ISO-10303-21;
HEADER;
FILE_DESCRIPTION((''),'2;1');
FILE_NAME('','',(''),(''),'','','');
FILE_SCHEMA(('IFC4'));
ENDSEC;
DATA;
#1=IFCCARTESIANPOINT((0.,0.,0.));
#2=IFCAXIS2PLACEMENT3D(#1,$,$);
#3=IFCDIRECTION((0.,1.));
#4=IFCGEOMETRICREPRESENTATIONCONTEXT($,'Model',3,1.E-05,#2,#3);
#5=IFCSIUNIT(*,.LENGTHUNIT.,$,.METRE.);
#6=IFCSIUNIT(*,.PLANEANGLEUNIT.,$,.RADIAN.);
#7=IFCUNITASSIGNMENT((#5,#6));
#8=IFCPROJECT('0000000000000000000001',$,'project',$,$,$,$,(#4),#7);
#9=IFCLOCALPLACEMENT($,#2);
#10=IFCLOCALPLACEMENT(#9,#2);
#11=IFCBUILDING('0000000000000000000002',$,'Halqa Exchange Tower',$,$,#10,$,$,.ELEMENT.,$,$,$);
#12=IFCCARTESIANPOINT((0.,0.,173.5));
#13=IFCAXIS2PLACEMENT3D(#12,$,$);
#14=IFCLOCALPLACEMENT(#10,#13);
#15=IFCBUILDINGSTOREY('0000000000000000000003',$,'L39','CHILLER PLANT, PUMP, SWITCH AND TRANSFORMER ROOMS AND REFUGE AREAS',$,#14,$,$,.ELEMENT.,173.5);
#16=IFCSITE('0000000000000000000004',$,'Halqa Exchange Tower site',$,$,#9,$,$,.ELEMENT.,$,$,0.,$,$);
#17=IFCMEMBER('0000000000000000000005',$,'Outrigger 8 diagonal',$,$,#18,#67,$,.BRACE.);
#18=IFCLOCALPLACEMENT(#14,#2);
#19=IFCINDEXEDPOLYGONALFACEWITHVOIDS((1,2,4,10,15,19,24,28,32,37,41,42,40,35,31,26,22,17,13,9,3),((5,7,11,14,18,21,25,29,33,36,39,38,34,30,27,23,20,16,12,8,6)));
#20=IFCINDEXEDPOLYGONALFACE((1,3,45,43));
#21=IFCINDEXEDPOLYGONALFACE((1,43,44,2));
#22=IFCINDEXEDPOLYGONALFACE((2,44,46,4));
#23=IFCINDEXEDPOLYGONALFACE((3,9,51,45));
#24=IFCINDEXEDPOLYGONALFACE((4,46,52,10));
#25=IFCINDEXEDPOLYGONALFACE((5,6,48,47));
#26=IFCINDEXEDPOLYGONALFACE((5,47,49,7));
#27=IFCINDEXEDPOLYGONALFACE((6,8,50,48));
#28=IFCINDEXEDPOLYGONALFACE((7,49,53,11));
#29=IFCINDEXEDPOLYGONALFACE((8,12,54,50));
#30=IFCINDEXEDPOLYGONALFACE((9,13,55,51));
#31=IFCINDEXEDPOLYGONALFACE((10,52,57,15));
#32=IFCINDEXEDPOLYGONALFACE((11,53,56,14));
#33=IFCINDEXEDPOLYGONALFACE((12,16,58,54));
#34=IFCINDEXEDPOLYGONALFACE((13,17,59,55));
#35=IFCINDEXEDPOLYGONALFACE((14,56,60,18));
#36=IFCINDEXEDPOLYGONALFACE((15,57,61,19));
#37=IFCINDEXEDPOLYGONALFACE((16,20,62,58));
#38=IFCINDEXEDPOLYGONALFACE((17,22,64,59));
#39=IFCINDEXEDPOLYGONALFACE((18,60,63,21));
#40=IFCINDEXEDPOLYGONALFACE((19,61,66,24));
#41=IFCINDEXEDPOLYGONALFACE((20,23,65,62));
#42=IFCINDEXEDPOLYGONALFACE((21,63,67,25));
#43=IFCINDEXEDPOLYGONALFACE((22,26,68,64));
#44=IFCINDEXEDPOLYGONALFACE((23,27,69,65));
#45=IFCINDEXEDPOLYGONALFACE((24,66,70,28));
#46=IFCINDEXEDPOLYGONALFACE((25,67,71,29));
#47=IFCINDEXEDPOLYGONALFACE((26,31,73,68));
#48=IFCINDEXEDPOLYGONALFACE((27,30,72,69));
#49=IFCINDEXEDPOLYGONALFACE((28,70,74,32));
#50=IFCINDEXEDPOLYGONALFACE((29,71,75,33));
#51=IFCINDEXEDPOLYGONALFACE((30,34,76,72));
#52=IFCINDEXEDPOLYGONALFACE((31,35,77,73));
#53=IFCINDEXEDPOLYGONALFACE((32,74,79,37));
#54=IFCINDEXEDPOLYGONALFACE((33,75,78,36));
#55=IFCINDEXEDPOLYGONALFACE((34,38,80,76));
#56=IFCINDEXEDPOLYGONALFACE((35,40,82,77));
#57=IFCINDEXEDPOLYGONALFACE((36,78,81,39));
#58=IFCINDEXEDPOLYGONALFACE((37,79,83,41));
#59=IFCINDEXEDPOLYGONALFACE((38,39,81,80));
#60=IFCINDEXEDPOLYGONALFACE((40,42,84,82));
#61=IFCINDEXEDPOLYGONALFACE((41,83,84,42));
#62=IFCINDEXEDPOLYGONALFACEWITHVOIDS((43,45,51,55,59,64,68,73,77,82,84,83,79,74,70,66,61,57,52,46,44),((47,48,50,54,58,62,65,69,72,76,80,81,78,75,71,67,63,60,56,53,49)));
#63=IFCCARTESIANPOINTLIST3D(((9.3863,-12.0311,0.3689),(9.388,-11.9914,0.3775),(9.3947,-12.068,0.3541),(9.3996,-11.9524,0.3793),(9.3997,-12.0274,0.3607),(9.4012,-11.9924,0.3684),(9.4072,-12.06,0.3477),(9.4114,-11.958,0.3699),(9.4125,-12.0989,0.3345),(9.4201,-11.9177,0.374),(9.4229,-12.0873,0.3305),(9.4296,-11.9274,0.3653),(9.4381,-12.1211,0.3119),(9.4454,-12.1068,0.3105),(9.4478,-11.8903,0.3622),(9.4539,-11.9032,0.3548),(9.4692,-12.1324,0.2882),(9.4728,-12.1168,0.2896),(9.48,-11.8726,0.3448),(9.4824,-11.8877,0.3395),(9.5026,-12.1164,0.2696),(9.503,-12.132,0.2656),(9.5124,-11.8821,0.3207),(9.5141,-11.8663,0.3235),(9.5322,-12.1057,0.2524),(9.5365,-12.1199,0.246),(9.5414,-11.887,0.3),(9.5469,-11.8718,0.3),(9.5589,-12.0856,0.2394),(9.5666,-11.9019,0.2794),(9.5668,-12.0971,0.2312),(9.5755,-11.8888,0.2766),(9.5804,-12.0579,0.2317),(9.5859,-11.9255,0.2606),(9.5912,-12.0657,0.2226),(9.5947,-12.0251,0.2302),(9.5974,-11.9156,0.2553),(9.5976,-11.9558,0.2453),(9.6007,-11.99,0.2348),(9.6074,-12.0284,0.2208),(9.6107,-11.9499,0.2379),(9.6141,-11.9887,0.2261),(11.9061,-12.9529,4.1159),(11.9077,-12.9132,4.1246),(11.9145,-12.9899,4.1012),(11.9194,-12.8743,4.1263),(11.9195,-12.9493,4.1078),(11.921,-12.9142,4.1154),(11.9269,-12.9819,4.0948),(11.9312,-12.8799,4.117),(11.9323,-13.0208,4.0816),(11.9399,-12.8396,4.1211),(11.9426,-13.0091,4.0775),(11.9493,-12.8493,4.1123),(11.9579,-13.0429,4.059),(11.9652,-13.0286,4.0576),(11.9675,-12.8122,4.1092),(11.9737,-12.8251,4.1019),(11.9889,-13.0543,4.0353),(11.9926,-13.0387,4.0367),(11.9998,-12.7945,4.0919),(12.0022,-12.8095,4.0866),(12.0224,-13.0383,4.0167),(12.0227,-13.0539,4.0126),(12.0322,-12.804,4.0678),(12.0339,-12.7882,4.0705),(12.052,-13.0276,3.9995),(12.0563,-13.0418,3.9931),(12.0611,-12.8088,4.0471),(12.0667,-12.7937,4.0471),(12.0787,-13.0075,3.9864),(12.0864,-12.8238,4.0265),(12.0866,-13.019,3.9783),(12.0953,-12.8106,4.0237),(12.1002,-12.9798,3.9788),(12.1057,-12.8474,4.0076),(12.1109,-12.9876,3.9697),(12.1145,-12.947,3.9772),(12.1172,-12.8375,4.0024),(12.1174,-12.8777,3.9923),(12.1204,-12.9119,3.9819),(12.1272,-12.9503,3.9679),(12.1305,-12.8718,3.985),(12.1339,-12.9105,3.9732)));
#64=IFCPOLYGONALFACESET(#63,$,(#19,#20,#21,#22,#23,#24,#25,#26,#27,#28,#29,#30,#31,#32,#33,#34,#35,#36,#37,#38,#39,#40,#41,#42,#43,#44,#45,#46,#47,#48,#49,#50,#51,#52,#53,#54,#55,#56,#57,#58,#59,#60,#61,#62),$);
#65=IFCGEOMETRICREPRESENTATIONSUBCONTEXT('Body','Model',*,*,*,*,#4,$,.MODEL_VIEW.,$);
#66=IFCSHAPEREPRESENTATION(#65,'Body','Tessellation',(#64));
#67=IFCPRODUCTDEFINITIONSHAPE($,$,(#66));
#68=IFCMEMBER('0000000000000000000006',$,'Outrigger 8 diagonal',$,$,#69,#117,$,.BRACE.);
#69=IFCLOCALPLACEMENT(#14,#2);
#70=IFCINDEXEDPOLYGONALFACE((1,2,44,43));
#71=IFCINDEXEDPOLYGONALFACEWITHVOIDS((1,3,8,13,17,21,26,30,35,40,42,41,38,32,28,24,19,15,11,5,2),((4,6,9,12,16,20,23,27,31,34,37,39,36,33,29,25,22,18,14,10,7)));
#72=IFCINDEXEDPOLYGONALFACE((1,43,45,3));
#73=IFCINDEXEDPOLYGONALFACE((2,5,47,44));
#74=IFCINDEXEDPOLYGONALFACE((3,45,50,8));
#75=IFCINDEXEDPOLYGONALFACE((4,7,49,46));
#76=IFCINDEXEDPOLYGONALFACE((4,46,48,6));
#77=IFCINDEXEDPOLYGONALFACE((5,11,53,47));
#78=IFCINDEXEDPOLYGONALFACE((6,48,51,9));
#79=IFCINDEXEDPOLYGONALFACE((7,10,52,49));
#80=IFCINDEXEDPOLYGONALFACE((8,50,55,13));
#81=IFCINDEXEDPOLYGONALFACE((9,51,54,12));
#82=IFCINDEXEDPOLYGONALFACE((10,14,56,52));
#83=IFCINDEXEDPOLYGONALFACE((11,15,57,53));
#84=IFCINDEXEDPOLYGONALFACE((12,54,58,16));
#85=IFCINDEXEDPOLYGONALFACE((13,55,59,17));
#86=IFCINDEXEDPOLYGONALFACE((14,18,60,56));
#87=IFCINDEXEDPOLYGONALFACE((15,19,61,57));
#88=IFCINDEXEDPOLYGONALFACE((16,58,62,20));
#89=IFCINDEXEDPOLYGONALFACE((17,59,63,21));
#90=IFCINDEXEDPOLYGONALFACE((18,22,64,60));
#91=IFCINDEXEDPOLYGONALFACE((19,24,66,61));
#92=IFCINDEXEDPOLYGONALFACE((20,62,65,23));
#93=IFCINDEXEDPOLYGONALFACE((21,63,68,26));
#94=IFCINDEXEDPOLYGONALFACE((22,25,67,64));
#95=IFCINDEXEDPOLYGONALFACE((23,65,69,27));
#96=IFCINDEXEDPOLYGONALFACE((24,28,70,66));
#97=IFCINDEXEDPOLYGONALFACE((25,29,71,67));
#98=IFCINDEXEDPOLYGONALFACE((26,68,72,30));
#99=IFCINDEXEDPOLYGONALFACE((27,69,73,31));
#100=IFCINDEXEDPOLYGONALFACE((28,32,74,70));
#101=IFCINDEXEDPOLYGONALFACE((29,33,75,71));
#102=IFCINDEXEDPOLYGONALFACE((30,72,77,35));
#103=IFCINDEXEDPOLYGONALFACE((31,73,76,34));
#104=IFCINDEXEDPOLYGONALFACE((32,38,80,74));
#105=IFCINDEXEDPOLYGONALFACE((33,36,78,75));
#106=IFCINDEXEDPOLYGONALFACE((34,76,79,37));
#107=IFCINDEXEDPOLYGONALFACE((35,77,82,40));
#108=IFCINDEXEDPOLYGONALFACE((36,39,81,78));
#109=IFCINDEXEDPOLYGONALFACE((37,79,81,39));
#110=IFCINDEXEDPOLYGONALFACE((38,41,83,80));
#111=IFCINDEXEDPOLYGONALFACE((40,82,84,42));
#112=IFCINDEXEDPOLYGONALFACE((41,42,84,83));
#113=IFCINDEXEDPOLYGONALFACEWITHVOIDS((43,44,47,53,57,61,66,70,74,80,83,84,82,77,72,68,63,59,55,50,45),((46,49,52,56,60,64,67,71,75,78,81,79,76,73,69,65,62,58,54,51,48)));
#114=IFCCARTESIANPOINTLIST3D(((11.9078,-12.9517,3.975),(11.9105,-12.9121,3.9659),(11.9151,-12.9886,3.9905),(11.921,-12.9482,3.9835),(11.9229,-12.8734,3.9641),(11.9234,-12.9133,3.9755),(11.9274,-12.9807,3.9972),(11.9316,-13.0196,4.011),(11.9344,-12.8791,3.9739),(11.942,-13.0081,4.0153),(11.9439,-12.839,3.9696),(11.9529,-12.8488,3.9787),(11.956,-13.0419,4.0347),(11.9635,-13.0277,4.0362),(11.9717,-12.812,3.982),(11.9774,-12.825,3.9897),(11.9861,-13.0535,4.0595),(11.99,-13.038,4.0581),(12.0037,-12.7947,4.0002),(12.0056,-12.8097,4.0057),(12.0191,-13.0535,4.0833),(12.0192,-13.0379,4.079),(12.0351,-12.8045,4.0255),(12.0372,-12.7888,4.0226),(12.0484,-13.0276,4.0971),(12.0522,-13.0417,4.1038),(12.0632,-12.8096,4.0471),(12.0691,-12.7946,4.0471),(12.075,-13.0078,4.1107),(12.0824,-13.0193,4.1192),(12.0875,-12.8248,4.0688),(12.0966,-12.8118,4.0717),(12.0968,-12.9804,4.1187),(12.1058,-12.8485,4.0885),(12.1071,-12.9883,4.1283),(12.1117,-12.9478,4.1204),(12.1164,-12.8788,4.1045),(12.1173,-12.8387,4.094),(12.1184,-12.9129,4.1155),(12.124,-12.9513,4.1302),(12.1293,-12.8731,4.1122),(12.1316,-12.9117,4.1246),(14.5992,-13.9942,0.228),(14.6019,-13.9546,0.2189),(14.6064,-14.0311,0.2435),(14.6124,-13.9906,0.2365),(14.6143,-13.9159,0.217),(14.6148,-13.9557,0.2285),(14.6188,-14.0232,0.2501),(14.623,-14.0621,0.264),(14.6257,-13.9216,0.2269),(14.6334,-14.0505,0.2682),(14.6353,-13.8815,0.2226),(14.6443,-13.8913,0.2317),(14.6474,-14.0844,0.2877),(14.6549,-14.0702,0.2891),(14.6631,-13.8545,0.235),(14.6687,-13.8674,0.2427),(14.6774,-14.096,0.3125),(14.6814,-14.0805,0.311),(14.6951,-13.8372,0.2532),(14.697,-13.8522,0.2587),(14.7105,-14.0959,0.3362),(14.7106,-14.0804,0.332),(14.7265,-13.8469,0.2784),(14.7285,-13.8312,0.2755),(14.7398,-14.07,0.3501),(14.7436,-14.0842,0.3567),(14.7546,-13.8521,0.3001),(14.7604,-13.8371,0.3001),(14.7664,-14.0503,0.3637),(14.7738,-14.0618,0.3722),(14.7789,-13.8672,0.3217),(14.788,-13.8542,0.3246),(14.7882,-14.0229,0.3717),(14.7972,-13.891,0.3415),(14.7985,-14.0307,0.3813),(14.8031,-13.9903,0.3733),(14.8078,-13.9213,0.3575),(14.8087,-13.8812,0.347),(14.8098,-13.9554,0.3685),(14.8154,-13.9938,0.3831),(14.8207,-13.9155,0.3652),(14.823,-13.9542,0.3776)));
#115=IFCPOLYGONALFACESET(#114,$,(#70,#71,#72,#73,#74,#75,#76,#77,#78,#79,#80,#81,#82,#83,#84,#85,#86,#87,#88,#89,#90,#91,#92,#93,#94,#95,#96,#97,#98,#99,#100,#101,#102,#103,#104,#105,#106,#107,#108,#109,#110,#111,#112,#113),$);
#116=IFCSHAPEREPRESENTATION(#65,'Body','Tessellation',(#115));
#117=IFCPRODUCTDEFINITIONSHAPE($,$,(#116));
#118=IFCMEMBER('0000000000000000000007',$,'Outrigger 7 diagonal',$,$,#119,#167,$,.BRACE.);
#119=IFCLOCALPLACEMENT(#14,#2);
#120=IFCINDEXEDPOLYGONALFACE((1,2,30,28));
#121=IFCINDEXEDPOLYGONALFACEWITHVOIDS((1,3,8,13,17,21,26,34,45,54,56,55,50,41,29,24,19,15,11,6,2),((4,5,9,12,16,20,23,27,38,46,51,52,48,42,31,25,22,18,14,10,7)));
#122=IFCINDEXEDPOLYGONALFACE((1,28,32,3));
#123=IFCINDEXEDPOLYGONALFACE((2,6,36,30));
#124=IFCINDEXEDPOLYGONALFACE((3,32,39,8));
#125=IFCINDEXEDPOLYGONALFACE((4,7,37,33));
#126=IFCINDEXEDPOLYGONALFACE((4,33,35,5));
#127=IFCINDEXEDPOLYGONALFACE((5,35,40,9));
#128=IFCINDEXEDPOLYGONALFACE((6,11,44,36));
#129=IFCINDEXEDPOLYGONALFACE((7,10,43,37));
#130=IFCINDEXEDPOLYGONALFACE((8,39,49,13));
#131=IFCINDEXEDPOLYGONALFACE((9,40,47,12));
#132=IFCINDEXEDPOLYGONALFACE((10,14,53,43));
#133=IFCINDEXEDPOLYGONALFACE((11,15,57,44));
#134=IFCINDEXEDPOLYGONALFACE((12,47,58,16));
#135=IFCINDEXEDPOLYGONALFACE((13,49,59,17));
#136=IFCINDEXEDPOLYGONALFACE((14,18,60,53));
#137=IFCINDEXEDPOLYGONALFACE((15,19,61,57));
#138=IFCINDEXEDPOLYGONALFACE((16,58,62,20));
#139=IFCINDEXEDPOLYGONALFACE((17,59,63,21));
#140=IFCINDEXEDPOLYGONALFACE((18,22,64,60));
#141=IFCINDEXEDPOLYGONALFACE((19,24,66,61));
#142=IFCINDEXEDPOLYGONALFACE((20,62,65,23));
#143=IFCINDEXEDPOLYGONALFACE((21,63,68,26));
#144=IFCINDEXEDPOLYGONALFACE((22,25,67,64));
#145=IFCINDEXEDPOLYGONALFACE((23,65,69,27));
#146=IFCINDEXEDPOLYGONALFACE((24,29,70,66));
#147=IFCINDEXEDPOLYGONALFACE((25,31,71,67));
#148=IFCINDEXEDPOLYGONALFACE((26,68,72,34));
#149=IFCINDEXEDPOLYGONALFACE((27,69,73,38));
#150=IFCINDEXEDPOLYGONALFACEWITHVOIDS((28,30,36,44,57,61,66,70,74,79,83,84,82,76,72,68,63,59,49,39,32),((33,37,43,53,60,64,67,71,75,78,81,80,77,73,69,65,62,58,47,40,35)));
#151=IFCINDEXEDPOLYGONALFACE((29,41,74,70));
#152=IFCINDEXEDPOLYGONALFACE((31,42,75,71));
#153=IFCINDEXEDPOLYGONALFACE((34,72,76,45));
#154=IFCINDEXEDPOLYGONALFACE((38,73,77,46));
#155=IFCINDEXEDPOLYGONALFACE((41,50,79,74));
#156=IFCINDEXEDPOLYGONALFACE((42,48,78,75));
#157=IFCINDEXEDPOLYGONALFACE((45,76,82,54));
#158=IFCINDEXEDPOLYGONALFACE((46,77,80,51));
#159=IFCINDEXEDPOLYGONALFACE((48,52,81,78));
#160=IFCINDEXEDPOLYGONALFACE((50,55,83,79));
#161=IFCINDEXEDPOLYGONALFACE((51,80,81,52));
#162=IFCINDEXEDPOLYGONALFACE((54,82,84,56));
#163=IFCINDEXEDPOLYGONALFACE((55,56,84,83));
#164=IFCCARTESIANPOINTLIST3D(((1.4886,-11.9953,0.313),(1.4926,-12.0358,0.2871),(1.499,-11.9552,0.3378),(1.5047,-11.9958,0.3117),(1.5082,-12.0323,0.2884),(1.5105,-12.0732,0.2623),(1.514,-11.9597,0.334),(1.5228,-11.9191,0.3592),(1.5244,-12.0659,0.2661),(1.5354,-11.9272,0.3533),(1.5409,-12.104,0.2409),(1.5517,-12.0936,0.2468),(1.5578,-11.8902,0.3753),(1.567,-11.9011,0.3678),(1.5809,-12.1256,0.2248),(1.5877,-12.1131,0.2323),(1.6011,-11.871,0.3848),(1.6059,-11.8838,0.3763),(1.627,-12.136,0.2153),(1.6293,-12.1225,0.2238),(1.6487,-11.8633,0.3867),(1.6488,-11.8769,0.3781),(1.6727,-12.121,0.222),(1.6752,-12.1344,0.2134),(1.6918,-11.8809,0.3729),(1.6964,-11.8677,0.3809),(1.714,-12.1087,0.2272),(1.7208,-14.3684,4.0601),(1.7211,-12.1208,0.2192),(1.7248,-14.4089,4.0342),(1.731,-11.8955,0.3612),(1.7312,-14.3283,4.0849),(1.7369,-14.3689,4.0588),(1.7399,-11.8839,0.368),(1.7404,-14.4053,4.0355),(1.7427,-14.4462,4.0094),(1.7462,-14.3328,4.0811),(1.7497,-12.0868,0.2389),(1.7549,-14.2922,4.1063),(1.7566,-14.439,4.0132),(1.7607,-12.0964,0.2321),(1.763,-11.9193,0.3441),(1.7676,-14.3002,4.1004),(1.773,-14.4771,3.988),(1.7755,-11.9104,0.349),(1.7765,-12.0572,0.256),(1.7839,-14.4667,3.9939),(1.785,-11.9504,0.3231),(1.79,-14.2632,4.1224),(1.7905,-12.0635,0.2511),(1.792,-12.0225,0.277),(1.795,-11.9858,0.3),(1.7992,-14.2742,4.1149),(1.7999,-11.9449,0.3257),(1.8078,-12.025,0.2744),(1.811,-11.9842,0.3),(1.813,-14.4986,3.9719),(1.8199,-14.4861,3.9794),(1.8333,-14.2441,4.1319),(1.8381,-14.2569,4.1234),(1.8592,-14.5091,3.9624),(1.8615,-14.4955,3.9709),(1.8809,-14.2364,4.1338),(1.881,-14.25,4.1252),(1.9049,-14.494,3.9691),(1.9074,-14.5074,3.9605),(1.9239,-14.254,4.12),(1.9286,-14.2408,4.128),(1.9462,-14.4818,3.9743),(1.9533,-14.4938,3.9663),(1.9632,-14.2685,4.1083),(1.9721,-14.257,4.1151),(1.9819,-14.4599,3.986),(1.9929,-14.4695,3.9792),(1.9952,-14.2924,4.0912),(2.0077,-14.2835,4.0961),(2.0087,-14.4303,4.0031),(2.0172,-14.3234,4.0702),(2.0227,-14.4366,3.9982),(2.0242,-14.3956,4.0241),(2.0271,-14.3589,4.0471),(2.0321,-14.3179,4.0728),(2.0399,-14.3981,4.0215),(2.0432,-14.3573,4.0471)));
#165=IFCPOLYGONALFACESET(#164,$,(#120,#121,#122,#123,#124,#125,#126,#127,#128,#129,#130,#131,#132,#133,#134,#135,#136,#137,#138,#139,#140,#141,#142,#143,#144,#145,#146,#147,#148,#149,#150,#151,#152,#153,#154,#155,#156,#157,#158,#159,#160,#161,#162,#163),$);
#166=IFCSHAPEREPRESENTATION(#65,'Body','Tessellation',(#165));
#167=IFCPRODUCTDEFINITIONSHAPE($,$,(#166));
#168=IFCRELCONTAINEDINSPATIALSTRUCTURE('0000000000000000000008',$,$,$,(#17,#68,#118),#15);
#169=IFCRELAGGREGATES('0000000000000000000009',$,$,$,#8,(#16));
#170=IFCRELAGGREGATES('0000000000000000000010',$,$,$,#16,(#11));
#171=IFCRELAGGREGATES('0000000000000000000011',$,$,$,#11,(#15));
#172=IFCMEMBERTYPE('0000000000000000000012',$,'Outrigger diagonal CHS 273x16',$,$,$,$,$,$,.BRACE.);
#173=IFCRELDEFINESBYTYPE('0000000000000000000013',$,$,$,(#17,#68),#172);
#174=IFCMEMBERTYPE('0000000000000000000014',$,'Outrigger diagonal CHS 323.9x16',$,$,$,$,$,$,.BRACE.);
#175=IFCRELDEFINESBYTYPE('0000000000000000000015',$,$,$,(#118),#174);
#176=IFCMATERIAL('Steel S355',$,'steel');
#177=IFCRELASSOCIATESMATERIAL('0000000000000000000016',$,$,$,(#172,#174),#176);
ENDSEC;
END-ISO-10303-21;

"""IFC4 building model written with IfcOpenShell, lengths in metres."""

from ifc_helpers import new_model, si_unit, direction, frame, origin, origin_2d, place, context, subcontext, project, spatial, hollow_circle, extrude, material, material_profile, profile_set, type_object, element, save


model = new_model("IFC4")

# Units and contexts
model_context = context("Model", 3, precision=1e-05, world=origin(), true_north=direction((0.0, 1.0)))
body_context = subcontext(model_context, "Body", "Model", "MODEL_VIEW")
ifc_project = project(units=[si_unit("LENGTHUNIT", "METRE"), si_unit("PLANEANGLEUNIT", "RADIAN")], contexts=[model_context])

# Site, building, storey
site_placement = place(None, origin())
site = spatial("IfcSite", under=ifc_project, at=site_placement, Name="Halqa Exchange Tower site", CompositionType="ELEMENT", RefElevation=0.0)
building_placement = place(site_placement, origin())
building = spatial("IfcBuilding", under=site, at=building_placement, Name="Halqa Exchange Tower", CompositionType="ELEMENT")
storey_placement = place(building_placement, frame((0.0, 0.0, 173.5)))
storey = spatial("IfcBuildingStorey", under=building, at=storey_placement, Name="L39", Description="CHILLER PLANT, PUMP, SWITCH AND TRANSFORMER ROOMS AND REFUGE AREAS", CompositionType="ELEMENT", Elevation=173.5)

# Shared definitions
ifc_material_1 = material(Name="Steel S355", Category="steel")

# Members
ifc_material_profile_1 = material_profile(ifc_material_1, hollow_circle(Radius=0.1365, WallThickness=0.0161, at=origin_2d()), Name="CHS 273x16")
ifc_profile_set_1 = profile_set([ifc_material_profile_1], Name="Steel S355")
member_type_1 = type_object("IfcMemberType", Name="Outrigger diagonal CHS 273x16", PredefinedType="BRACE", material=ifc_profile_set_1)
member_1_placement = place(storey_placement, frame((9.5, -12.0, 0.3), z_axis=(0.546749, -0.200031, 0.813052), x_axis=(0.343583, 0.939122, 0.0)))
element("IfcMember", 1, at=member_1_placement, inside=storey, type_object=member_type_1, Name="Outrigger 8 diagonal", PredefinedType="BRACE", context=body_context, shape_type="SweptSolid", body=[
    extrude(hollow_circle(Radius=0.1365, WallThickness=0.0161, at=origin_2d()), origin(), (0.0, 0.0, 1.0), 4.6086),
])
member_2_placement = place(storey_placement, frame((12.0198, -12.9219, 4.0471), z_axis=(0.569032, -0.220407, -0.792227), x_axis=(0.361189, 0.932493, 0.0)))
element("IfcMember", 2, at=member_2_placement, inside=storey, type_object=member_type_1, Name="Outrigger 8 diagonal", PredefinedType="BRACE", context=body_context, shape_type="SweptSolid", body=[
    extrude(hollow_circle(Radius=0.1365, WallThickness=0.0161, at=origin_2d()), origin(), (0.0, 0.0, 1.0), 4.7297),
])
ifc_material_profile_2 = material_profile(ifc_material_1, hollow_circle(Radius=0.1619, WallThickness=0.0161, at=origin_2d()), Name="CHS 323.9x16")
ifc_profile_set_2 = profile_set([ifc_material_profile_2], Name="Steel S355")
member_type_2 = type_object("IfcMemberType", Name="Outrigger diagonal CHS 323.9x16", PredefinedType="BRACE", material=ifc_profile_set_2)
member_3_placement = place(storey_placement, frame((1.6499, -12.0, 0.3), z_axis=(0.052276, -0.534305, 0.843674), x_axis=(0.995248, 0.097375, 0.0)))
element("IfcMember", 3, at=member_3_placement, inside=storey, type_object=member_type_2, Name="Outrigger 7 diagonal", PredefinedType="BRACE", context=body_context, shape_type="SweptSolid", body=[
    extrude(hollow_circle(Radius=0.1619, WallThickness=0.0161, at=origin_2d()), origin(), (0.0, 0.0, 1.0), 4.4414),
])

save(model, "model.ifc")
